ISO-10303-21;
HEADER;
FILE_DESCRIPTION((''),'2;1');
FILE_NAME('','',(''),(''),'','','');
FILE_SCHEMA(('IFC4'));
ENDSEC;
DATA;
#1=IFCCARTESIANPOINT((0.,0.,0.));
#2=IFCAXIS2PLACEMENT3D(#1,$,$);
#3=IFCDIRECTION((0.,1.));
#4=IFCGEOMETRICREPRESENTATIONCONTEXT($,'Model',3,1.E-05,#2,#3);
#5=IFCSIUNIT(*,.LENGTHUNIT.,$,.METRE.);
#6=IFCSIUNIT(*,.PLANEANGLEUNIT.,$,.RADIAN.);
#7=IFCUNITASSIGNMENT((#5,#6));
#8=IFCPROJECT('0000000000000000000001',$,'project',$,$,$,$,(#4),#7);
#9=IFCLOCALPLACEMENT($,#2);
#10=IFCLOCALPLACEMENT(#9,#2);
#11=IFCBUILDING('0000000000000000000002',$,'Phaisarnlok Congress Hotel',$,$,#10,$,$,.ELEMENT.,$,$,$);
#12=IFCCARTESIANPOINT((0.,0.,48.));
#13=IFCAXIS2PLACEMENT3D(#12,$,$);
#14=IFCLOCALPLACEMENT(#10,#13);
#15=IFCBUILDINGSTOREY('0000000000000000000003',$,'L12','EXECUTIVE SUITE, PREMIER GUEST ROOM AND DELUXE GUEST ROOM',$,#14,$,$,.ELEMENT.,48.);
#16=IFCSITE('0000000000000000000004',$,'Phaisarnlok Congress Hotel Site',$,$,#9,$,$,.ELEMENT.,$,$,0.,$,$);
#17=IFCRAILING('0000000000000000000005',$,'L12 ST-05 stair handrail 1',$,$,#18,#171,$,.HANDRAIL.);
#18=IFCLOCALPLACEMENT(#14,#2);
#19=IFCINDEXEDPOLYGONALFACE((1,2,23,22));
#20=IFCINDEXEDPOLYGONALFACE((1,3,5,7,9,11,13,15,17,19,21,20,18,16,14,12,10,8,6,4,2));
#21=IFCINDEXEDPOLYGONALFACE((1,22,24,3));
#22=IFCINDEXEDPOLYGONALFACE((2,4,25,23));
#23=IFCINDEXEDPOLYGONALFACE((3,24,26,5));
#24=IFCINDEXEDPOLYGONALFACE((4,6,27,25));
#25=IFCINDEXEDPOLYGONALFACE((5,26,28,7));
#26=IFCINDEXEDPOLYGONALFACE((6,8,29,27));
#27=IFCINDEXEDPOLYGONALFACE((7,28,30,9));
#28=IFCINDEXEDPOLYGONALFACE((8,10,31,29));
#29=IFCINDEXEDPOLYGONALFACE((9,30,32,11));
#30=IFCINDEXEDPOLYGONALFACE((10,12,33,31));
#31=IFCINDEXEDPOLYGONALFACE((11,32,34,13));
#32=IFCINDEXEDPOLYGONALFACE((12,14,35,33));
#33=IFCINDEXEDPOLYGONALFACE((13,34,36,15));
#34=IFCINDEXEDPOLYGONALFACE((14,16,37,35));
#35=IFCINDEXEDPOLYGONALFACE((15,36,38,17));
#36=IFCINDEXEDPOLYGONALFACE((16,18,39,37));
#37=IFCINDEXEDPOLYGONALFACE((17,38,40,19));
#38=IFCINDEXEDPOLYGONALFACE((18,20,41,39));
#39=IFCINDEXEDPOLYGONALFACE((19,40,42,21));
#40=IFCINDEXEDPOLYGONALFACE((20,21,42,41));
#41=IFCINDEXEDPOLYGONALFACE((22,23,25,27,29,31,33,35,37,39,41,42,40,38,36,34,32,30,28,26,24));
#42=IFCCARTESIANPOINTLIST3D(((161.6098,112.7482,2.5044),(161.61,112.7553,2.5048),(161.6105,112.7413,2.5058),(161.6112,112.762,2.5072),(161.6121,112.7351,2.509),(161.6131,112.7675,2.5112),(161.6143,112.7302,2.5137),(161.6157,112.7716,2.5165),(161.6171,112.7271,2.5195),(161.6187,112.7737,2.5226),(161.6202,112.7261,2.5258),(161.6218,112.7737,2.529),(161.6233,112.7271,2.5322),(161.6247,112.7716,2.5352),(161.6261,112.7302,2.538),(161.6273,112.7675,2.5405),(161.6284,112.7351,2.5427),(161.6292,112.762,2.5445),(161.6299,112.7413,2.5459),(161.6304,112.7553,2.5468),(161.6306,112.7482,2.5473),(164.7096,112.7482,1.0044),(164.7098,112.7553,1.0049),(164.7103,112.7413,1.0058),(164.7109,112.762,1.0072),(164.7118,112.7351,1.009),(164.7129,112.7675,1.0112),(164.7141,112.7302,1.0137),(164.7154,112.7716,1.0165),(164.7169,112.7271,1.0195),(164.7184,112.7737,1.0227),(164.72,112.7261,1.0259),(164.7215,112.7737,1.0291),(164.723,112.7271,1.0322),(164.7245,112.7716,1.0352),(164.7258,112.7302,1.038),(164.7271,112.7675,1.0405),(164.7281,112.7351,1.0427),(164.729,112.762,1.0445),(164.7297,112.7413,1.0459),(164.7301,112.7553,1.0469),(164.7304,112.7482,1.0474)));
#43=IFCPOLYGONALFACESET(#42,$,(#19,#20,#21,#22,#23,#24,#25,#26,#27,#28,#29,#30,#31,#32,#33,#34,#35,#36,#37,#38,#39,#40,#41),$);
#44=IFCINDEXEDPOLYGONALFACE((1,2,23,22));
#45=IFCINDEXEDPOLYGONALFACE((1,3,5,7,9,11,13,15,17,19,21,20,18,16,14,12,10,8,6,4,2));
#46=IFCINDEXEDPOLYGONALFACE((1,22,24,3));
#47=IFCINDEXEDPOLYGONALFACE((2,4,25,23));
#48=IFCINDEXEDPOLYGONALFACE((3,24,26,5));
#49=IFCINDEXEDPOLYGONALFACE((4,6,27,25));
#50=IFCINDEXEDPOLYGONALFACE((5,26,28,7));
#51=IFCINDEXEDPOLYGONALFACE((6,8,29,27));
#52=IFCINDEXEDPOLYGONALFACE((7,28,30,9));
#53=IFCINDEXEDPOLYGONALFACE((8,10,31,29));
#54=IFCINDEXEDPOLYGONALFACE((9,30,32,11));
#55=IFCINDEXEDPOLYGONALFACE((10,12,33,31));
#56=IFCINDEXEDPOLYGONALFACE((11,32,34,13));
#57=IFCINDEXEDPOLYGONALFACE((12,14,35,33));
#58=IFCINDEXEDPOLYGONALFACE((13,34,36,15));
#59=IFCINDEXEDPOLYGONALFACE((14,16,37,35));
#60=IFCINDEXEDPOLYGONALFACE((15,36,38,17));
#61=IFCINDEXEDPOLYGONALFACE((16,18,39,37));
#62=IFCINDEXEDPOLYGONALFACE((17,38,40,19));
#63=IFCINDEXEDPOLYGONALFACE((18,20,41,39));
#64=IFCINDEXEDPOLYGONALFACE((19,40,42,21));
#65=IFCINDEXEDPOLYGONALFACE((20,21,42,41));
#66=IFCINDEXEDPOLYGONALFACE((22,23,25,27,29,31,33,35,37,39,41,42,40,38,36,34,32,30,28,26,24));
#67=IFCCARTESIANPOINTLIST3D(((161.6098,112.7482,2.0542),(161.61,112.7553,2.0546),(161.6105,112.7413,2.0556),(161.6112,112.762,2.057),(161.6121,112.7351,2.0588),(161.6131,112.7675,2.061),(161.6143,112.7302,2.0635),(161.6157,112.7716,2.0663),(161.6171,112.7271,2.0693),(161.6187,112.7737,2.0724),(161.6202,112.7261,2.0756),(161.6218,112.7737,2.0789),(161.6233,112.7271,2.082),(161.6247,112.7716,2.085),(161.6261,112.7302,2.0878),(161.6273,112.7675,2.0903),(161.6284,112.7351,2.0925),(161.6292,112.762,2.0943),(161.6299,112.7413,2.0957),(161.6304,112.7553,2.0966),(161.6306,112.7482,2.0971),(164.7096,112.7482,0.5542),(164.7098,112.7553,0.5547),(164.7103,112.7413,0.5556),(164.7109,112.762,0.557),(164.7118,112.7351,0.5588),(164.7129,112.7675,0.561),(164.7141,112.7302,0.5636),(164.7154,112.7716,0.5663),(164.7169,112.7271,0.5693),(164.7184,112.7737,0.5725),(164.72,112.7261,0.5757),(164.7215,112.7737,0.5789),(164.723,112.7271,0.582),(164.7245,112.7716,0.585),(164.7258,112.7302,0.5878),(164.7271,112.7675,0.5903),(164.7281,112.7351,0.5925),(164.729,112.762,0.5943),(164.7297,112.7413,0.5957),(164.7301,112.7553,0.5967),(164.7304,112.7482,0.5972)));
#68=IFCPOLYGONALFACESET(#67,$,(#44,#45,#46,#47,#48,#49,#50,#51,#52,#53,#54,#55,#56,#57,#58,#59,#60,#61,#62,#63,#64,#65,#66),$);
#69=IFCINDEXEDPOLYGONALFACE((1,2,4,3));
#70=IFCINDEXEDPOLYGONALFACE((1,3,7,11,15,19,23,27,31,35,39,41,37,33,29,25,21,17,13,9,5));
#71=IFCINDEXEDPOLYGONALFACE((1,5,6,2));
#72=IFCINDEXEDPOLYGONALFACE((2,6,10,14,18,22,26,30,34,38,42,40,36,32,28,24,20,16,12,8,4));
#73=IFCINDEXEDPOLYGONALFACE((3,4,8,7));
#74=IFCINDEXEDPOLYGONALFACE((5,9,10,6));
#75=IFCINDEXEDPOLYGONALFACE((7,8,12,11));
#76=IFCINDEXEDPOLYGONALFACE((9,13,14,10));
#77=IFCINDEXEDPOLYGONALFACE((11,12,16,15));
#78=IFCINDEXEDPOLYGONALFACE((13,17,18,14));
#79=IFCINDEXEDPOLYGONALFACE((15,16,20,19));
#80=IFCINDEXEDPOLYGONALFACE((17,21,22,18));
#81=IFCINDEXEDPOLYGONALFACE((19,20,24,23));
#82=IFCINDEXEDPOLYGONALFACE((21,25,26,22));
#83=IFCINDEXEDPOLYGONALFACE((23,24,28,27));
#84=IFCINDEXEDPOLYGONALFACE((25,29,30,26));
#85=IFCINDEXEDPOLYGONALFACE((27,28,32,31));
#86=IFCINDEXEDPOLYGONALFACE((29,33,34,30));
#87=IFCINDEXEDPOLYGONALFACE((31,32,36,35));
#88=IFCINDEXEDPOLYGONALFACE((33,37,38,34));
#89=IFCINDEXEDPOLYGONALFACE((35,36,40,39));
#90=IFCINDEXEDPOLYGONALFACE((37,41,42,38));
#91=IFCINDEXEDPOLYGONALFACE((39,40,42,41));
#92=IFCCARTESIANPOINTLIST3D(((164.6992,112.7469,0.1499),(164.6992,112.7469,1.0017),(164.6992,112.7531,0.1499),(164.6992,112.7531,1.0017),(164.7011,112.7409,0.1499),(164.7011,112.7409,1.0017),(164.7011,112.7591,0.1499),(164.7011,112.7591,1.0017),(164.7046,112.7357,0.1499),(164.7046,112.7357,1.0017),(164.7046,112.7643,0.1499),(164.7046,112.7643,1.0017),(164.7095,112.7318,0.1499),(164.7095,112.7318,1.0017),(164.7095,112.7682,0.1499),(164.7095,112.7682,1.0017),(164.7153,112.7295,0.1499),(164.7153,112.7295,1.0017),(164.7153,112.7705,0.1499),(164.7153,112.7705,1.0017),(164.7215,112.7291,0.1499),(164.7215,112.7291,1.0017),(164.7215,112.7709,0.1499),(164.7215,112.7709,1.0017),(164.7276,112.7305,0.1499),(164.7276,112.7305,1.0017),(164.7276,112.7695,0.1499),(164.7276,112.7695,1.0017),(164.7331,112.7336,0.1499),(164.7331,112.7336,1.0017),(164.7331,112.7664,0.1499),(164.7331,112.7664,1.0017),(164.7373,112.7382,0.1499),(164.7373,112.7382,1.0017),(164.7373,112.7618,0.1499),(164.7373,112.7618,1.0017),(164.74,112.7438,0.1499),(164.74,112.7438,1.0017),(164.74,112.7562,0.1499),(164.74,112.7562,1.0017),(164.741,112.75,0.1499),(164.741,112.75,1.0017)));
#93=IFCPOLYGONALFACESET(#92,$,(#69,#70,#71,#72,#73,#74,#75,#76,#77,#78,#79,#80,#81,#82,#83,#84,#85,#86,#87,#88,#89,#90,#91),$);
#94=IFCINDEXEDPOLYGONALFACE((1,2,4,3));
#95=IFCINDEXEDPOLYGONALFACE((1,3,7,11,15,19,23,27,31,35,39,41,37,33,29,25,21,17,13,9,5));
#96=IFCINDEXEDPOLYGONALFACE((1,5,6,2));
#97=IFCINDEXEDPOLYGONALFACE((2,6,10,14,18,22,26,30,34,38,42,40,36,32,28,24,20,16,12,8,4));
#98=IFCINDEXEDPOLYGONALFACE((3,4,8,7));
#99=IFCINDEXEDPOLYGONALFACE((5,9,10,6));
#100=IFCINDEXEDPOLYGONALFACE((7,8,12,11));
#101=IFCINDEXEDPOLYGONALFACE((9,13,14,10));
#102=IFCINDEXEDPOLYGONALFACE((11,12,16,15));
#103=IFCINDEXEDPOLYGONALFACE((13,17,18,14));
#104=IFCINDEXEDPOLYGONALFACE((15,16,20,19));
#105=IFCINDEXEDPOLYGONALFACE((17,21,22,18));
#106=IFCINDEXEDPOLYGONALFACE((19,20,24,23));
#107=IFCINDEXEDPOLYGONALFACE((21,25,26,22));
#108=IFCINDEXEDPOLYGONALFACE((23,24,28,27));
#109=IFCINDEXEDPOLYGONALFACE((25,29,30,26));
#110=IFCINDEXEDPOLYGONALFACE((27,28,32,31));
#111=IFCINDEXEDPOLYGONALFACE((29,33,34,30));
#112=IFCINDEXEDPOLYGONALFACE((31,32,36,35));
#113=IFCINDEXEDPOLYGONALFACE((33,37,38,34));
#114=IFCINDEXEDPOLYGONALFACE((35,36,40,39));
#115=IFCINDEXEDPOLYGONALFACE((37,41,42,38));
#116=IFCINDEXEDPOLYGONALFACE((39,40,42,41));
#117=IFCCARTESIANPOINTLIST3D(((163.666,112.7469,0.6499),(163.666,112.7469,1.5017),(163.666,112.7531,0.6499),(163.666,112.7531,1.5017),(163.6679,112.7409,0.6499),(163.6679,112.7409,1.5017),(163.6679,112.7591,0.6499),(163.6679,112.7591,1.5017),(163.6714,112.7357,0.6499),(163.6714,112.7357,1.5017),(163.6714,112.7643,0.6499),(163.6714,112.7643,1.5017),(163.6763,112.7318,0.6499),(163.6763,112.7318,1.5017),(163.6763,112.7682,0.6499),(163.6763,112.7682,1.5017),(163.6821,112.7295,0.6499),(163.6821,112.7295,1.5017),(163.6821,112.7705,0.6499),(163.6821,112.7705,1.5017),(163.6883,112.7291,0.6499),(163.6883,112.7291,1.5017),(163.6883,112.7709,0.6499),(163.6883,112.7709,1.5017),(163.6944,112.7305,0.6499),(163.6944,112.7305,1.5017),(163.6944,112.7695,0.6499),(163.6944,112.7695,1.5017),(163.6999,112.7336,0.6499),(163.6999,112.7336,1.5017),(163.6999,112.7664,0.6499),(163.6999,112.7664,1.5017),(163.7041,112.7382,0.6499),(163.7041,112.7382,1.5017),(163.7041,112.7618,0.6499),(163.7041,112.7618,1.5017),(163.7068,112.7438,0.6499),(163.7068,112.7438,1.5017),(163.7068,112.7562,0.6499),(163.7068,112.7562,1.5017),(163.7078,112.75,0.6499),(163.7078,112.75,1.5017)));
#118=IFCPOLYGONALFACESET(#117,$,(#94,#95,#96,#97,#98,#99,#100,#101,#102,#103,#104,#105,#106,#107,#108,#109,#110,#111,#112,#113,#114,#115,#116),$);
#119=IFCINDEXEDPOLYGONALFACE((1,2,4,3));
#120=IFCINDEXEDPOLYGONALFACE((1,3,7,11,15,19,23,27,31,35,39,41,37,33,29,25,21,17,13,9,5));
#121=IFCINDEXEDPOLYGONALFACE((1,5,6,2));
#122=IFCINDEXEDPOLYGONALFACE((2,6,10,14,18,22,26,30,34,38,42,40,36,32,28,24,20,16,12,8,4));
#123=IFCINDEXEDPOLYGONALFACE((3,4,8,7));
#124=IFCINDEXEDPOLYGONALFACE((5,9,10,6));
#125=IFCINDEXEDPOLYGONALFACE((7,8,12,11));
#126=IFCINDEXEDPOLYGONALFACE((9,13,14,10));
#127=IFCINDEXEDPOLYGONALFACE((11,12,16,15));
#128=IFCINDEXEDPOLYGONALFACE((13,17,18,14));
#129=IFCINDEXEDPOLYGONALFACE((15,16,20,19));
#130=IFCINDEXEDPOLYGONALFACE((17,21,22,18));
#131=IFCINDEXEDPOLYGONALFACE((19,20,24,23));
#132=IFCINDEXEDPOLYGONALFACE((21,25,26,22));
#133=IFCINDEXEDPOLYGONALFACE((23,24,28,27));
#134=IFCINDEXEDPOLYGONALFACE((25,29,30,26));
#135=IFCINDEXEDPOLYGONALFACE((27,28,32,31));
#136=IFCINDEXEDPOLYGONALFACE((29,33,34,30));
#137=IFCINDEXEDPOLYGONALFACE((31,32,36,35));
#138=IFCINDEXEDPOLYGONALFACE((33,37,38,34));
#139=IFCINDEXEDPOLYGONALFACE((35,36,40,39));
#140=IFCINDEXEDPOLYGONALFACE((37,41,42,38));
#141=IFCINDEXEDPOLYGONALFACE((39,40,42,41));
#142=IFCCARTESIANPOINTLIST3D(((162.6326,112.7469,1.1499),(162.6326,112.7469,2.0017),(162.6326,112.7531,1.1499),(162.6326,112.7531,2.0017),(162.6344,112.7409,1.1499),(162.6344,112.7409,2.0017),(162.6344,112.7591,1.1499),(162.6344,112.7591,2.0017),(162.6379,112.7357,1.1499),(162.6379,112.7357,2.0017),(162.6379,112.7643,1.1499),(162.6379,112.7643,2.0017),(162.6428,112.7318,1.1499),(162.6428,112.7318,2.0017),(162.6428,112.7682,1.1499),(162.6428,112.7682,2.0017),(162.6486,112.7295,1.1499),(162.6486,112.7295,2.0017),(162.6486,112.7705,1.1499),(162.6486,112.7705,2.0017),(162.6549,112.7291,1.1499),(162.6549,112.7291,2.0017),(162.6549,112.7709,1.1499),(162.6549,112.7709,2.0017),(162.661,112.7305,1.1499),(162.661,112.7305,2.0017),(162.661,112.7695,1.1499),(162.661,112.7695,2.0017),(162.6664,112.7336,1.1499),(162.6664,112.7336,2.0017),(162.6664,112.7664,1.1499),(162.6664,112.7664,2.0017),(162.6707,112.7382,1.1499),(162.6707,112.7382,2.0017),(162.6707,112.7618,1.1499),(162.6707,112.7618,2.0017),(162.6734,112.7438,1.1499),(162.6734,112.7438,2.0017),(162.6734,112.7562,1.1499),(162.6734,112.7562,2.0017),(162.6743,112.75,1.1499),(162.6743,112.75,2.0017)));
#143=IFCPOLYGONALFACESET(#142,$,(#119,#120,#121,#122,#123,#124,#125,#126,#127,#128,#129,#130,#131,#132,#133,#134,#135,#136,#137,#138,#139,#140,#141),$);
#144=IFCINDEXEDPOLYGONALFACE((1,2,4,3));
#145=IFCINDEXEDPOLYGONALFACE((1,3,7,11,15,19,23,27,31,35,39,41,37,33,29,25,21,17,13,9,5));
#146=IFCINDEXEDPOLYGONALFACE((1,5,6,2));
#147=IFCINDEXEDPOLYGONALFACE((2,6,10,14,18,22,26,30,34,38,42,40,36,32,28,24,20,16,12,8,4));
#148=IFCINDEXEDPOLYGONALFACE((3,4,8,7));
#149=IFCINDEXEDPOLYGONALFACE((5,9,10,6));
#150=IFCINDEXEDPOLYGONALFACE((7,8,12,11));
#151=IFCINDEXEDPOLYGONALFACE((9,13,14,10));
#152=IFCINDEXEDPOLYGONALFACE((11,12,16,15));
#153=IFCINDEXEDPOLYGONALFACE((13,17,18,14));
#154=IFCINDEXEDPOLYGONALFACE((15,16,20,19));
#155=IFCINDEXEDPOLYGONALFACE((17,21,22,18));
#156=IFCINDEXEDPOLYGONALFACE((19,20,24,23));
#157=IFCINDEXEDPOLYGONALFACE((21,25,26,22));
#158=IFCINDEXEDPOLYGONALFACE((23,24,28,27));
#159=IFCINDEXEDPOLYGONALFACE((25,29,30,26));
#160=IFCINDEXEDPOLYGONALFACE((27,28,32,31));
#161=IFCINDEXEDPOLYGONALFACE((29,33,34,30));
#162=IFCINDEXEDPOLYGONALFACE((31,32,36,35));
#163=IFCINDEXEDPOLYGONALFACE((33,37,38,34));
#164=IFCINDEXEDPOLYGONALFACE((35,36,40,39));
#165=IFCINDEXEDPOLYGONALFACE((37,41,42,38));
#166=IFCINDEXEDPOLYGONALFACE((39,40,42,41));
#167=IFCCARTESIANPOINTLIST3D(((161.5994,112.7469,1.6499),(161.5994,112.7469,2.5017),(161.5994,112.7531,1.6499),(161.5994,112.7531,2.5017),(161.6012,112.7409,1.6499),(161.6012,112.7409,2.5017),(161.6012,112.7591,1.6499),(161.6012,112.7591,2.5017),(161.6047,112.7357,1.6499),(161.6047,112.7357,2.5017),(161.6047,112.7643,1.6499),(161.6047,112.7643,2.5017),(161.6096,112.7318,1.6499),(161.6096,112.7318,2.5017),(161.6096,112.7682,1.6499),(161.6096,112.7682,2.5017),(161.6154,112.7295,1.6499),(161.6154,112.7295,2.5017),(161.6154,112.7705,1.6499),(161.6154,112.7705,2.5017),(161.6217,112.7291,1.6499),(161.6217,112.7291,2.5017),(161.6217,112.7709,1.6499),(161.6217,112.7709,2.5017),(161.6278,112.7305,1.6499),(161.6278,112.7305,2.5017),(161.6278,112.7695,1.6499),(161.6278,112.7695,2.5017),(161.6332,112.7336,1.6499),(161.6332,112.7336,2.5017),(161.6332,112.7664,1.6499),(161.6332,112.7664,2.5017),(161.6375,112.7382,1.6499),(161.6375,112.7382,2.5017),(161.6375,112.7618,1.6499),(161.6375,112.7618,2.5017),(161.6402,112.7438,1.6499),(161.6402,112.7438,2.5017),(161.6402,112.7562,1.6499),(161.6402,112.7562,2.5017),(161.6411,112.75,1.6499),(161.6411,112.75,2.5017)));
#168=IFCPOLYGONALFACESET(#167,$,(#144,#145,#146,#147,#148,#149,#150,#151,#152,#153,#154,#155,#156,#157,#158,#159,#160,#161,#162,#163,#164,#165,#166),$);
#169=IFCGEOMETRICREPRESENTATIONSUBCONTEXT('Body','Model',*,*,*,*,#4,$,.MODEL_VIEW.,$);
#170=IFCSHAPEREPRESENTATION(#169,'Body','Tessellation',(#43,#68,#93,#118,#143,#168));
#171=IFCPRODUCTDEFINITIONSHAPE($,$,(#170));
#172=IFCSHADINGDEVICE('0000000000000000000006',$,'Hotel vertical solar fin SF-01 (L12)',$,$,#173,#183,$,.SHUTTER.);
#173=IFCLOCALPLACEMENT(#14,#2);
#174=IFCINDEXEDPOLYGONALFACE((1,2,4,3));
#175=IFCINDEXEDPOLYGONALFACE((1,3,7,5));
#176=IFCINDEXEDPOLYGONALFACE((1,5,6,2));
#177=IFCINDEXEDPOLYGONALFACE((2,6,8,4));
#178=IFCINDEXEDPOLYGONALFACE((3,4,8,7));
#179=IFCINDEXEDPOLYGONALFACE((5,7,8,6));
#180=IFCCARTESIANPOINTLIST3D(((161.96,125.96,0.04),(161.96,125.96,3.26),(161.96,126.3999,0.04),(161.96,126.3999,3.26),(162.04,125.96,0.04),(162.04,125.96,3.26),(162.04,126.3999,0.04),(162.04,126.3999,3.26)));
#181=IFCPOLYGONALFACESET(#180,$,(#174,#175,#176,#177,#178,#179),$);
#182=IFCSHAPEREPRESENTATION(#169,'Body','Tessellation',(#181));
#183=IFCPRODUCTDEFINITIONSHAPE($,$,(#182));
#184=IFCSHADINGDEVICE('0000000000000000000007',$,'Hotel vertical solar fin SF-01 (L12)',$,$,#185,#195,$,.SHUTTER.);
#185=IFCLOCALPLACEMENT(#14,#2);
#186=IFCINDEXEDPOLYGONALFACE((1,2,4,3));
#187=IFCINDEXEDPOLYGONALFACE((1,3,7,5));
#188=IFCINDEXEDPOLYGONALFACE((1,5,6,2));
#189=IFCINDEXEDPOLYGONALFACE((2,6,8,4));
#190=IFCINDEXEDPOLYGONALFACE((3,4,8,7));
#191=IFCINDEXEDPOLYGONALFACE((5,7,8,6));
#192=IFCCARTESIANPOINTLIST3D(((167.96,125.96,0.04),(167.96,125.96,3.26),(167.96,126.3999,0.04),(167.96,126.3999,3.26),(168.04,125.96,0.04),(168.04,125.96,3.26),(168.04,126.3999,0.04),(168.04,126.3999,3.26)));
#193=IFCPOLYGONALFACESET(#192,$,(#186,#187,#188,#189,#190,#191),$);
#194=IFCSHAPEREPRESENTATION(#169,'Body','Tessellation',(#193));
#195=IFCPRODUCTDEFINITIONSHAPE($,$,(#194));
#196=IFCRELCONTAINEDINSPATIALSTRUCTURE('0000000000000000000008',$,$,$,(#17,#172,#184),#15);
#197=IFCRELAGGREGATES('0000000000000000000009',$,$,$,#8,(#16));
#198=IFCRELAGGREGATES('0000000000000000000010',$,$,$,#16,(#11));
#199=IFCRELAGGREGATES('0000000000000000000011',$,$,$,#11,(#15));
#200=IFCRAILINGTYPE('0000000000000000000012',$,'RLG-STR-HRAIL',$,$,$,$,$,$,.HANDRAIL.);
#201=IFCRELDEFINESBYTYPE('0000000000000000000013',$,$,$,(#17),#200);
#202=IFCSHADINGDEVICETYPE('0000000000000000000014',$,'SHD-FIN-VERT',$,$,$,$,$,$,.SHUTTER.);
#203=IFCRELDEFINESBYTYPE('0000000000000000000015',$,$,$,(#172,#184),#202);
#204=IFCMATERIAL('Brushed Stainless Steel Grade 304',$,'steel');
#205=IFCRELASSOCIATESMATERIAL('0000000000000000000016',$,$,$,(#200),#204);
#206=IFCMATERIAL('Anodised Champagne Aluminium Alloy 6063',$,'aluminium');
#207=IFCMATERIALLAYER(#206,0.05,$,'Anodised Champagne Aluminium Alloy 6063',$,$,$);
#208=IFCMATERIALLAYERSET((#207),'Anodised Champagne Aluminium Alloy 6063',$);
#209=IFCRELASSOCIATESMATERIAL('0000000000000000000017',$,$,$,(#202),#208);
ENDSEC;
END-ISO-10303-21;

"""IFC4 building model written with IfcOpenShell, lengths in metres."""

from ifc_helpers import new_model, si_unit, direction, frame, origin, origin_2d, place, context, subcontext, project, spatial, rectangle, circle, extrude, material, layer, layer_set, type_object, element, save


model = new_model("IFC4")

# Units and contexts
model_context = context("Model", 3, precision=1e-05, world=origin(), true_north=direction((0.0, 1.0)))
body_context = subcontext(model_context, "Body", "Model", "MODEL_VIEW")
ifc_project = project(units=[si_unit("LENGTHUNIT", "METRE"), si_unit("PLANEANGLEUNIT", "RADIAN")], contexts=[model_context])

# Site, building, storey
site_placement = place(None, origin())
site = spatial("IfcSite", under=ifc_project, at=site_placement, Name="Phaisarnlok Congress Hotel Site", CompositionType="ELEMENT", RefElevation=0.0)
building_placement = place(site_placement, origin())
building = spatial("IfcBuilding", under=site, at=building_placement, Name="Phaisarnlok Congress Hotel", CompositionType="ELEMENT")
storey_placement = place(building_placement, frame((0.0, 0.0, 48.0)))
storey = spatial("IfcBuildingStorey", under=building, at=storey_placement, Name="L12", Description="EXECUTIVE SUITE, PREMIER GUEST ROOM AND DELUXE GUEST ROOM", CompositionType="ELEMENT", Elevation=48.0)

# Railing
ifc_material_1 = material(Name="Brushed Stainless Steel Grade 304", Category="steel")
railing_type_1 = type_object("IfcRailingType", Name="RLG-STR-HRAIL", PredefinedType="HANDRAIL", material=ifc_material_1)
railing_1_placement = place(storey_placement, frame((164.72, 112.75, 0.1499)))
element("IfcRailing", 1, at=railing_1_placement, inside=storey, type_object=railing_type_1, Name="L12 ST-05 stair handrail 1", PredefinedType="HANDRAIL", context=body_context, shape_type="SweptSolid", body=[
    extrude(circle(Radius=0.0239, at=origin_2d()), frame((0.0, 0.0, 0.876), z_axis=(-0.900151, 0.0, 0.435578), x_axis=(0.0, -1.0, 0.0)), (0.0, 0.0, 1.0), 3.4436),
    extrude(circle(Radius=0.0239, at=origin_2d()), frame((0.0, 0.0, 0.4258), z_axis=(-0.900151, 0.0, 0.435578), x_axis=(0.0, -1.0, 0.0)), (0.0, 0.0, 1.0), 3.4436),
    extrude(circle(Radius=0.021, at=origin_2d()), origin(), (0.0, 0.0, 1.0), 0.8518),
    extrude(circle(Radius=0.021, at=origin_2d()), frame((-1.0332, 0.0, 0.5)), (0.0, 0.0, 1.0), 0.8518),
    extrude(circle(Radius=0.021, at=origin_2d()), frame((-2.0667, 0.0, 1.0)), (0.0, 0.0, 1.0), 0.8518),
    extrude(circle(Radius=0.021, at=origin_2d()), frame((-3.0999, 0.0, 1.5)), (0.0, 0.0, 1.0), 0.8518),
])

# Shading devices
ifc_material_2 = material(Name="Anodised Champagne Aluminium Alloy 6063", Category="aluminium")
ifc_layer_1 = layer(ifc_material_2, 0.05, Name="Anodised Champagne Aluminium Alloy 6063")
ifc_layer_set_1 = layer_set([ifc_layer_1], Name="Anodised Champagne Aluminium Alloy 6063")
shading_device_type = type_object("IfcShadingDeviceType", Name="SHD-FIN-VERT", PredefinedType="SHUTTER", material=ifc_layer_set_1)
for number, where, z_axis, x_axis, name in (
    (2, (162.0, 126.1799, 0.04), (0.0, 0.0, 1.0), (1.0, 0.0, 0.0), "Hotel vertical solar fin SF-01 (L12)"),
    (3, (168.0, 126.1799, 0.04), (0.0, 0.0, 1.0), (1.0, 0.0, 0.0), "Hotel vertical solar fin SF-01 (L12)"),
):
    element("IfcShadingDevice", number, at=place(storey_placement, frame(where, z_axis=z_axis, x_axis=x_axis)), inside=storey, type_object=shading_device_type, Name=name, PredefinedType="SHUTTER", context=body_context, shape_type="SweptSolid", body=[
        extrude(rectangle(XDim=0.0801, YDim=0.4399, at=origin_2d()), origin(), (0.0, 0.0, 1.0), 3.22),
    ])

save(model, "model.ifc")
